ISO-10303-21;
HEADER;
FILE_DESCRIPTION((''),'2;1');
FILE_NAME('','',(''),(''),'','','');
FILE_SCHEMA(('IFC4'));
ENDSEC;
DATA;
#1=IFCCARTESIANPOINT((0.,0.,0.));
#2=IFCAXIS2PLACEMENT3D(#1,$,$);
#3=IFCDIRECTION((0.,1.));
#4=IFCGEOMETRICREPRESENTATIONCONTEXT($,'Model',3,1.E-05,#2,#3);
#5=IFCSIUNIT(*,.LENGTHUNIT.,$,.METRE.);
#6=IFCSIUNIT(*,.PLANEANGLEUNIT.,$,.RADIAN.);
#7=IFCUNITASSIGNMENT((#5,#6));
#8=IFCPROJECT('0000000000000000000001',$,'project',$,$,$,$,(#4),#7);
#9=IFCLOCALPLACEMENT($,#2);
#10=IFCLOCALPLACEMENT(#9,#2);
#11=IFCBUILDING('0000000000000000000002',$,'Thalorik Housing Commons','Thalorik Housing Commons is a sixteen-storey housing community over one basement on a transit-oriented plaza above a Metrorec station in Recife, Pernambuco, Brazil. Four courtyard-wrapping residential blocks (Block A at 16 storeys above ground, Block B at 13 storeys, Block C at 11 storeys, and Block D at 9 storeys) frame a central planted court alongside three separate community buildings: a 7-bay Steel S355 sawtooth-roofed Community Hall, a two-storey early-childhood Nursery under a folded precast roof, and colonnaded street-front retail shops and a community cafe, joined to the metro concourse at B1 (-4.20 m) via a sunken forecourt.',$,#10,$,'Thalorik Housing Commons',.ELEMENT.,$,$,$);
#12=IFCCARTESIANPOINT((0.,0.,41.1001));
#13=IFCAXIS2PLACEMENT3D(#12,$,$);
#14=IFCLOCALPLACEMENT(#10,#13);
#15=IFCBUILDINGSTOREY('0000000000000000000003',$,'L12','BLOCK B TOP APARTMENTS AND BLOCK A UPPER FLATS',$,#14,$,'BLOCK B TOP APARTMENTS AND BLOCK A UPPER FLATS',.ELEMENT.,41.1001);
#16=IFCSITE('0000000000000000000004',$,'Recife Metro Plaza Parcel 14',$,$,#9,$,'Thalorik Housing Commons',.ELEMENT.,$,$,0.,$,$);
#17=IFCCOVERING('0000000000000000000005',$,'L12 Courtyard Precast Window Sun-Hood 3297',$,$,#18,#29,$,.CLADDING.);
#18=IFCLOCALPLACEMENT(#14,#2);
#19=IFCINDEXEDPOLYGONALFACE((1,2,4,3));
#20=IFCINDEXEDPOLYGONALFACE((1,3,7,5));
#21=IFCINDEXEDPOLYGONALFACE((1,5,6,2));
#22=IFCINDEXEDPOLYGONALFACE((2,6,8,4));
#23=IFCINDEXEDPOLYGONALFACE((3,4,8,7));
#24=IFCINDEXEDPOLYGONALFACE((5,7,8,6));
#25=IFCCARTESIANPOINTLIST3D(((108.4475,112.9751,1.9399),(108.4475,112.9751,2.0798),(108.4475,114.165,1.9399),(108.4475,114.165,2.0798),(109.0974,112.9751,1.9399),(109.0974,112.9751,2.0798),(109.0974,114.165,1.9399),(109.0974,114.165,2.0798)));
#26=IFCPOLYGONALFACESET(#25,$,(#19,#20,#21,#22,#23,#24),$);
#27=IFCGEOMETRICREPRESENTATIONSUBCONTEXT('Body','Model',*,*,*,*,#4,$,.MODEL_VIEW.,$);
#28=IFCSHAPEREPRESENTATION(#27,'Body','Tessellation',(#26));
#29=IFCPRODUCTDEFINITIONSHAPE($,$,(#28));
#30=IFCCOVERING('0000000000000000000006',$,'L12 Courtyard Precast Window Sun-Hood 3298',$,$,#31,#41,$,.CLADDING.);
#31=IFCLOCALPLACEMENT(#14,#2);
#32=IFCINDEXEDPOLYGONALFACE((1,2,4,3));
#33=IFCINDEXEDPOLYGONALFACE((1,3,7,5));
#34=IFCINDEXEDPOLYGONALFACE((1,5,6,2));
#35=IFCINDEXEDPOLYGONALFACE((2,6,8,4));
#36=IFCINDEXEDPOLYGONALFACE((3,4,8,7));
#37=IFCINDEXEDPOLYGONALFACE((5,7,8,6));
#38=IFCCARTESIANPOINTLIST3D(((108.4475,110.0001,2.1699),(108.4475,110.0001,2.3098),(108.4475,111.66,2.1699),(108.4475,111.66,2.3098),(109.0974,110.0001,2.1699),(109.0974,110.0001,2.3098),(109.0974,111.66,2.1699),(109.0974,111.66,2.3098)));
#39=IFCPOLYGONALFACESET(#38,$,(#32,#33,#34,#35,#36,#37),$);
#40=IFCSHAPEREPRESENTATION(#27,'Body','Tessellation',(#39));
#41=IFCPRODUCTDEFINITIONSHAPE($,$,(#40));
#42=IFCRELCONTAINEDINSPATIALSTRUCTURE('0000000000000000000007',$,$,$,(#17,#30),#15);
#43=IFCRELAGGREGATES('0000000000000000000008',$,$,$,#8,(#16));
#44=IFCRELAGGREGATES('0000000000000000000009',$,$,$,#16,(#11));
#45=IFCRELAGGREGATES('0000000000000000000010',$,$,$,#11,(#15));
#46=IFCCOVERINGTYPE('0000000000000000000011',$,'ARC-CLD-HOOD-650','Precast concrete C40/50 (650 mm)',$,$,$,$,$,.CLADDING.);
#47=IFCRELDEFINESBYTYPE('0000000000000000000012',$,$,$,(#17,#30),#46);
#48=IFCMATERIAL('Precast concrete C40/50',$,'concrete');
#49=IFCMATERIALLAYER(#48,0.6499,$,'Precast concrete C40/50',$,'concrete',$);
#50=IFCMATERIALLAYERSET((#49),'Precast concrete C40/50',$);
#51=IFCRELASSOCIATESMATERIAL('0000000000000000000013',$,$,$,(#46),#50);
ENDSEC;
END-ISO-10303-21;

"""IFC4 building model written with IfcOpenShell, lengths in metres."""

from ifc_helpers import new_model, si_unit, direction, frame, origin, origin_2d, place, context, subcontext, project, spatial, rectangle, extrude, material, layer, layer_set, type_object, element, save


model = new_model("IFC4")

# Units and contexts
model_context = context("Model", 3, precision=1e-05, world=origin(), true_north=direction((0.0, 1.0)))
body_context = subcontext(model_context, "Body", "Model", "MODEL_VIEW")
ifc_project = project(units=[si_unit("LENGTHUNIT", "METRE"), si_unit("PLANEANGLEUNIT", "RADIAN")], contexts=[model_context])

# Site, building, storey
site_placement = place(None, origin())
site = spatial("IfcSite", under=ifc_project, at=site_placement, Name="Recife Metro Plaza Parcel 14", LongName="Thalorik Housing Commons", CompositionType="ELEMENT", RefElevation=0.0)
building_placement = place(site_placement, origin())
building = spatial("IfcBuilding", under=site, at=building_placement, Name="Thalorik Housing Commons", Description="Thalorik Housing Commons is a sixteen-storey housing community over one basement on a transit-oriented plaza above a Metrorec station in Recife, Pernambuco, Brazil. Four courtyard-wrapping residential blocks (Block A at 16 storeys above ground, Block B at 13 storeys, Block C at 11 storeys, and Block D at 9 storeys) frame a central planted court alongside three separate community buildings: a 7-bay Steel S355 sawtooth-roofed Community Hall, a two-storey early-childhood Nursery under a folded precast roof, and colonnaded street-front retail shops and a community cafe, joined to the metro concourse at B1 (-4.20 m) via a sunken forecourt.", LongName="Thalorik Housing Commons", CompositionType="ELEMENT")
storey_placement = place(building_placement, frame((0.0, 0.0, 41.1001)))
storey = spatial("IfcBuildingStorey", under=building, at=storey_placement, Name="L12", Description="BLOCK B TOP APARTMENTS AND BLOCK A UPPER FLATS", LongName="BLOCK B TOP APARTMENTS AND BLOCK A UPPER FLATS", CompositionType="ELEMENT", Elevation=41.1001)

# Coverings
ifc_material = material(Name="Precast concrete C40/50", Category="concrete")
ifc_layer_1 = layer(ifc_material, 0.6499, Name="Precast concrete C40/50", Category="concrete")
ifc_layer_set_1 = layer_set([ifc_layer_1], Name="Precast concrete C40/50")
covering_type_1 = type_object("IfcCoveringType", Name="ARC-CLD-HOOD-650", Description="Precast concrete C40/50 (650 mm)", PredefinedType="CLADDING", material=ifc_layer_set_1)
covering_1_placement = place(storey_placement, frame((108.7725, 113.5701, 1.9399), z_axis=(0.0, 0.0, 1.0), x_axis=(0.0, -1.0, 0.0)))
element("IfcCovering", 1, at=covering_1_placement, inside=storey, type_object=covering_type_1, Name="L12 Courtyard Precast Window Sun-Hood 3297", PredefinedType="CLADDING", context=body_context, shape_type="SweptSolid", body=[
    extrude(rectangle(XDim=1.1899, YDim=0.6499, at=origin_2d()), origin(), (0.0, 0.0, 1.0), 0.1399),
])
covering_2_placement = place(storey_placement, frame((108.7725, 110.8301, 2.1699), z_axis=(0.0, 0.0, 1.0), x_axis=(0.0, -1.0, 0.0)))
element("IfcCovering", 2, at=covering_2_placement, inside=storey, type_object=covering_type_1, Name="L12 Courtyard Precast Window Sun-Hood 3298", PredefinedType="CLADDING", context=body_context, shape_type="SweptSolid", body=[
    extrude(rectangle(XDim=1.6599, YDim=0.6499, at=origin_2d()), origin(), (0.0, 0.0, 1.0), 0.1399),
])

save(model, "model.ifc")
